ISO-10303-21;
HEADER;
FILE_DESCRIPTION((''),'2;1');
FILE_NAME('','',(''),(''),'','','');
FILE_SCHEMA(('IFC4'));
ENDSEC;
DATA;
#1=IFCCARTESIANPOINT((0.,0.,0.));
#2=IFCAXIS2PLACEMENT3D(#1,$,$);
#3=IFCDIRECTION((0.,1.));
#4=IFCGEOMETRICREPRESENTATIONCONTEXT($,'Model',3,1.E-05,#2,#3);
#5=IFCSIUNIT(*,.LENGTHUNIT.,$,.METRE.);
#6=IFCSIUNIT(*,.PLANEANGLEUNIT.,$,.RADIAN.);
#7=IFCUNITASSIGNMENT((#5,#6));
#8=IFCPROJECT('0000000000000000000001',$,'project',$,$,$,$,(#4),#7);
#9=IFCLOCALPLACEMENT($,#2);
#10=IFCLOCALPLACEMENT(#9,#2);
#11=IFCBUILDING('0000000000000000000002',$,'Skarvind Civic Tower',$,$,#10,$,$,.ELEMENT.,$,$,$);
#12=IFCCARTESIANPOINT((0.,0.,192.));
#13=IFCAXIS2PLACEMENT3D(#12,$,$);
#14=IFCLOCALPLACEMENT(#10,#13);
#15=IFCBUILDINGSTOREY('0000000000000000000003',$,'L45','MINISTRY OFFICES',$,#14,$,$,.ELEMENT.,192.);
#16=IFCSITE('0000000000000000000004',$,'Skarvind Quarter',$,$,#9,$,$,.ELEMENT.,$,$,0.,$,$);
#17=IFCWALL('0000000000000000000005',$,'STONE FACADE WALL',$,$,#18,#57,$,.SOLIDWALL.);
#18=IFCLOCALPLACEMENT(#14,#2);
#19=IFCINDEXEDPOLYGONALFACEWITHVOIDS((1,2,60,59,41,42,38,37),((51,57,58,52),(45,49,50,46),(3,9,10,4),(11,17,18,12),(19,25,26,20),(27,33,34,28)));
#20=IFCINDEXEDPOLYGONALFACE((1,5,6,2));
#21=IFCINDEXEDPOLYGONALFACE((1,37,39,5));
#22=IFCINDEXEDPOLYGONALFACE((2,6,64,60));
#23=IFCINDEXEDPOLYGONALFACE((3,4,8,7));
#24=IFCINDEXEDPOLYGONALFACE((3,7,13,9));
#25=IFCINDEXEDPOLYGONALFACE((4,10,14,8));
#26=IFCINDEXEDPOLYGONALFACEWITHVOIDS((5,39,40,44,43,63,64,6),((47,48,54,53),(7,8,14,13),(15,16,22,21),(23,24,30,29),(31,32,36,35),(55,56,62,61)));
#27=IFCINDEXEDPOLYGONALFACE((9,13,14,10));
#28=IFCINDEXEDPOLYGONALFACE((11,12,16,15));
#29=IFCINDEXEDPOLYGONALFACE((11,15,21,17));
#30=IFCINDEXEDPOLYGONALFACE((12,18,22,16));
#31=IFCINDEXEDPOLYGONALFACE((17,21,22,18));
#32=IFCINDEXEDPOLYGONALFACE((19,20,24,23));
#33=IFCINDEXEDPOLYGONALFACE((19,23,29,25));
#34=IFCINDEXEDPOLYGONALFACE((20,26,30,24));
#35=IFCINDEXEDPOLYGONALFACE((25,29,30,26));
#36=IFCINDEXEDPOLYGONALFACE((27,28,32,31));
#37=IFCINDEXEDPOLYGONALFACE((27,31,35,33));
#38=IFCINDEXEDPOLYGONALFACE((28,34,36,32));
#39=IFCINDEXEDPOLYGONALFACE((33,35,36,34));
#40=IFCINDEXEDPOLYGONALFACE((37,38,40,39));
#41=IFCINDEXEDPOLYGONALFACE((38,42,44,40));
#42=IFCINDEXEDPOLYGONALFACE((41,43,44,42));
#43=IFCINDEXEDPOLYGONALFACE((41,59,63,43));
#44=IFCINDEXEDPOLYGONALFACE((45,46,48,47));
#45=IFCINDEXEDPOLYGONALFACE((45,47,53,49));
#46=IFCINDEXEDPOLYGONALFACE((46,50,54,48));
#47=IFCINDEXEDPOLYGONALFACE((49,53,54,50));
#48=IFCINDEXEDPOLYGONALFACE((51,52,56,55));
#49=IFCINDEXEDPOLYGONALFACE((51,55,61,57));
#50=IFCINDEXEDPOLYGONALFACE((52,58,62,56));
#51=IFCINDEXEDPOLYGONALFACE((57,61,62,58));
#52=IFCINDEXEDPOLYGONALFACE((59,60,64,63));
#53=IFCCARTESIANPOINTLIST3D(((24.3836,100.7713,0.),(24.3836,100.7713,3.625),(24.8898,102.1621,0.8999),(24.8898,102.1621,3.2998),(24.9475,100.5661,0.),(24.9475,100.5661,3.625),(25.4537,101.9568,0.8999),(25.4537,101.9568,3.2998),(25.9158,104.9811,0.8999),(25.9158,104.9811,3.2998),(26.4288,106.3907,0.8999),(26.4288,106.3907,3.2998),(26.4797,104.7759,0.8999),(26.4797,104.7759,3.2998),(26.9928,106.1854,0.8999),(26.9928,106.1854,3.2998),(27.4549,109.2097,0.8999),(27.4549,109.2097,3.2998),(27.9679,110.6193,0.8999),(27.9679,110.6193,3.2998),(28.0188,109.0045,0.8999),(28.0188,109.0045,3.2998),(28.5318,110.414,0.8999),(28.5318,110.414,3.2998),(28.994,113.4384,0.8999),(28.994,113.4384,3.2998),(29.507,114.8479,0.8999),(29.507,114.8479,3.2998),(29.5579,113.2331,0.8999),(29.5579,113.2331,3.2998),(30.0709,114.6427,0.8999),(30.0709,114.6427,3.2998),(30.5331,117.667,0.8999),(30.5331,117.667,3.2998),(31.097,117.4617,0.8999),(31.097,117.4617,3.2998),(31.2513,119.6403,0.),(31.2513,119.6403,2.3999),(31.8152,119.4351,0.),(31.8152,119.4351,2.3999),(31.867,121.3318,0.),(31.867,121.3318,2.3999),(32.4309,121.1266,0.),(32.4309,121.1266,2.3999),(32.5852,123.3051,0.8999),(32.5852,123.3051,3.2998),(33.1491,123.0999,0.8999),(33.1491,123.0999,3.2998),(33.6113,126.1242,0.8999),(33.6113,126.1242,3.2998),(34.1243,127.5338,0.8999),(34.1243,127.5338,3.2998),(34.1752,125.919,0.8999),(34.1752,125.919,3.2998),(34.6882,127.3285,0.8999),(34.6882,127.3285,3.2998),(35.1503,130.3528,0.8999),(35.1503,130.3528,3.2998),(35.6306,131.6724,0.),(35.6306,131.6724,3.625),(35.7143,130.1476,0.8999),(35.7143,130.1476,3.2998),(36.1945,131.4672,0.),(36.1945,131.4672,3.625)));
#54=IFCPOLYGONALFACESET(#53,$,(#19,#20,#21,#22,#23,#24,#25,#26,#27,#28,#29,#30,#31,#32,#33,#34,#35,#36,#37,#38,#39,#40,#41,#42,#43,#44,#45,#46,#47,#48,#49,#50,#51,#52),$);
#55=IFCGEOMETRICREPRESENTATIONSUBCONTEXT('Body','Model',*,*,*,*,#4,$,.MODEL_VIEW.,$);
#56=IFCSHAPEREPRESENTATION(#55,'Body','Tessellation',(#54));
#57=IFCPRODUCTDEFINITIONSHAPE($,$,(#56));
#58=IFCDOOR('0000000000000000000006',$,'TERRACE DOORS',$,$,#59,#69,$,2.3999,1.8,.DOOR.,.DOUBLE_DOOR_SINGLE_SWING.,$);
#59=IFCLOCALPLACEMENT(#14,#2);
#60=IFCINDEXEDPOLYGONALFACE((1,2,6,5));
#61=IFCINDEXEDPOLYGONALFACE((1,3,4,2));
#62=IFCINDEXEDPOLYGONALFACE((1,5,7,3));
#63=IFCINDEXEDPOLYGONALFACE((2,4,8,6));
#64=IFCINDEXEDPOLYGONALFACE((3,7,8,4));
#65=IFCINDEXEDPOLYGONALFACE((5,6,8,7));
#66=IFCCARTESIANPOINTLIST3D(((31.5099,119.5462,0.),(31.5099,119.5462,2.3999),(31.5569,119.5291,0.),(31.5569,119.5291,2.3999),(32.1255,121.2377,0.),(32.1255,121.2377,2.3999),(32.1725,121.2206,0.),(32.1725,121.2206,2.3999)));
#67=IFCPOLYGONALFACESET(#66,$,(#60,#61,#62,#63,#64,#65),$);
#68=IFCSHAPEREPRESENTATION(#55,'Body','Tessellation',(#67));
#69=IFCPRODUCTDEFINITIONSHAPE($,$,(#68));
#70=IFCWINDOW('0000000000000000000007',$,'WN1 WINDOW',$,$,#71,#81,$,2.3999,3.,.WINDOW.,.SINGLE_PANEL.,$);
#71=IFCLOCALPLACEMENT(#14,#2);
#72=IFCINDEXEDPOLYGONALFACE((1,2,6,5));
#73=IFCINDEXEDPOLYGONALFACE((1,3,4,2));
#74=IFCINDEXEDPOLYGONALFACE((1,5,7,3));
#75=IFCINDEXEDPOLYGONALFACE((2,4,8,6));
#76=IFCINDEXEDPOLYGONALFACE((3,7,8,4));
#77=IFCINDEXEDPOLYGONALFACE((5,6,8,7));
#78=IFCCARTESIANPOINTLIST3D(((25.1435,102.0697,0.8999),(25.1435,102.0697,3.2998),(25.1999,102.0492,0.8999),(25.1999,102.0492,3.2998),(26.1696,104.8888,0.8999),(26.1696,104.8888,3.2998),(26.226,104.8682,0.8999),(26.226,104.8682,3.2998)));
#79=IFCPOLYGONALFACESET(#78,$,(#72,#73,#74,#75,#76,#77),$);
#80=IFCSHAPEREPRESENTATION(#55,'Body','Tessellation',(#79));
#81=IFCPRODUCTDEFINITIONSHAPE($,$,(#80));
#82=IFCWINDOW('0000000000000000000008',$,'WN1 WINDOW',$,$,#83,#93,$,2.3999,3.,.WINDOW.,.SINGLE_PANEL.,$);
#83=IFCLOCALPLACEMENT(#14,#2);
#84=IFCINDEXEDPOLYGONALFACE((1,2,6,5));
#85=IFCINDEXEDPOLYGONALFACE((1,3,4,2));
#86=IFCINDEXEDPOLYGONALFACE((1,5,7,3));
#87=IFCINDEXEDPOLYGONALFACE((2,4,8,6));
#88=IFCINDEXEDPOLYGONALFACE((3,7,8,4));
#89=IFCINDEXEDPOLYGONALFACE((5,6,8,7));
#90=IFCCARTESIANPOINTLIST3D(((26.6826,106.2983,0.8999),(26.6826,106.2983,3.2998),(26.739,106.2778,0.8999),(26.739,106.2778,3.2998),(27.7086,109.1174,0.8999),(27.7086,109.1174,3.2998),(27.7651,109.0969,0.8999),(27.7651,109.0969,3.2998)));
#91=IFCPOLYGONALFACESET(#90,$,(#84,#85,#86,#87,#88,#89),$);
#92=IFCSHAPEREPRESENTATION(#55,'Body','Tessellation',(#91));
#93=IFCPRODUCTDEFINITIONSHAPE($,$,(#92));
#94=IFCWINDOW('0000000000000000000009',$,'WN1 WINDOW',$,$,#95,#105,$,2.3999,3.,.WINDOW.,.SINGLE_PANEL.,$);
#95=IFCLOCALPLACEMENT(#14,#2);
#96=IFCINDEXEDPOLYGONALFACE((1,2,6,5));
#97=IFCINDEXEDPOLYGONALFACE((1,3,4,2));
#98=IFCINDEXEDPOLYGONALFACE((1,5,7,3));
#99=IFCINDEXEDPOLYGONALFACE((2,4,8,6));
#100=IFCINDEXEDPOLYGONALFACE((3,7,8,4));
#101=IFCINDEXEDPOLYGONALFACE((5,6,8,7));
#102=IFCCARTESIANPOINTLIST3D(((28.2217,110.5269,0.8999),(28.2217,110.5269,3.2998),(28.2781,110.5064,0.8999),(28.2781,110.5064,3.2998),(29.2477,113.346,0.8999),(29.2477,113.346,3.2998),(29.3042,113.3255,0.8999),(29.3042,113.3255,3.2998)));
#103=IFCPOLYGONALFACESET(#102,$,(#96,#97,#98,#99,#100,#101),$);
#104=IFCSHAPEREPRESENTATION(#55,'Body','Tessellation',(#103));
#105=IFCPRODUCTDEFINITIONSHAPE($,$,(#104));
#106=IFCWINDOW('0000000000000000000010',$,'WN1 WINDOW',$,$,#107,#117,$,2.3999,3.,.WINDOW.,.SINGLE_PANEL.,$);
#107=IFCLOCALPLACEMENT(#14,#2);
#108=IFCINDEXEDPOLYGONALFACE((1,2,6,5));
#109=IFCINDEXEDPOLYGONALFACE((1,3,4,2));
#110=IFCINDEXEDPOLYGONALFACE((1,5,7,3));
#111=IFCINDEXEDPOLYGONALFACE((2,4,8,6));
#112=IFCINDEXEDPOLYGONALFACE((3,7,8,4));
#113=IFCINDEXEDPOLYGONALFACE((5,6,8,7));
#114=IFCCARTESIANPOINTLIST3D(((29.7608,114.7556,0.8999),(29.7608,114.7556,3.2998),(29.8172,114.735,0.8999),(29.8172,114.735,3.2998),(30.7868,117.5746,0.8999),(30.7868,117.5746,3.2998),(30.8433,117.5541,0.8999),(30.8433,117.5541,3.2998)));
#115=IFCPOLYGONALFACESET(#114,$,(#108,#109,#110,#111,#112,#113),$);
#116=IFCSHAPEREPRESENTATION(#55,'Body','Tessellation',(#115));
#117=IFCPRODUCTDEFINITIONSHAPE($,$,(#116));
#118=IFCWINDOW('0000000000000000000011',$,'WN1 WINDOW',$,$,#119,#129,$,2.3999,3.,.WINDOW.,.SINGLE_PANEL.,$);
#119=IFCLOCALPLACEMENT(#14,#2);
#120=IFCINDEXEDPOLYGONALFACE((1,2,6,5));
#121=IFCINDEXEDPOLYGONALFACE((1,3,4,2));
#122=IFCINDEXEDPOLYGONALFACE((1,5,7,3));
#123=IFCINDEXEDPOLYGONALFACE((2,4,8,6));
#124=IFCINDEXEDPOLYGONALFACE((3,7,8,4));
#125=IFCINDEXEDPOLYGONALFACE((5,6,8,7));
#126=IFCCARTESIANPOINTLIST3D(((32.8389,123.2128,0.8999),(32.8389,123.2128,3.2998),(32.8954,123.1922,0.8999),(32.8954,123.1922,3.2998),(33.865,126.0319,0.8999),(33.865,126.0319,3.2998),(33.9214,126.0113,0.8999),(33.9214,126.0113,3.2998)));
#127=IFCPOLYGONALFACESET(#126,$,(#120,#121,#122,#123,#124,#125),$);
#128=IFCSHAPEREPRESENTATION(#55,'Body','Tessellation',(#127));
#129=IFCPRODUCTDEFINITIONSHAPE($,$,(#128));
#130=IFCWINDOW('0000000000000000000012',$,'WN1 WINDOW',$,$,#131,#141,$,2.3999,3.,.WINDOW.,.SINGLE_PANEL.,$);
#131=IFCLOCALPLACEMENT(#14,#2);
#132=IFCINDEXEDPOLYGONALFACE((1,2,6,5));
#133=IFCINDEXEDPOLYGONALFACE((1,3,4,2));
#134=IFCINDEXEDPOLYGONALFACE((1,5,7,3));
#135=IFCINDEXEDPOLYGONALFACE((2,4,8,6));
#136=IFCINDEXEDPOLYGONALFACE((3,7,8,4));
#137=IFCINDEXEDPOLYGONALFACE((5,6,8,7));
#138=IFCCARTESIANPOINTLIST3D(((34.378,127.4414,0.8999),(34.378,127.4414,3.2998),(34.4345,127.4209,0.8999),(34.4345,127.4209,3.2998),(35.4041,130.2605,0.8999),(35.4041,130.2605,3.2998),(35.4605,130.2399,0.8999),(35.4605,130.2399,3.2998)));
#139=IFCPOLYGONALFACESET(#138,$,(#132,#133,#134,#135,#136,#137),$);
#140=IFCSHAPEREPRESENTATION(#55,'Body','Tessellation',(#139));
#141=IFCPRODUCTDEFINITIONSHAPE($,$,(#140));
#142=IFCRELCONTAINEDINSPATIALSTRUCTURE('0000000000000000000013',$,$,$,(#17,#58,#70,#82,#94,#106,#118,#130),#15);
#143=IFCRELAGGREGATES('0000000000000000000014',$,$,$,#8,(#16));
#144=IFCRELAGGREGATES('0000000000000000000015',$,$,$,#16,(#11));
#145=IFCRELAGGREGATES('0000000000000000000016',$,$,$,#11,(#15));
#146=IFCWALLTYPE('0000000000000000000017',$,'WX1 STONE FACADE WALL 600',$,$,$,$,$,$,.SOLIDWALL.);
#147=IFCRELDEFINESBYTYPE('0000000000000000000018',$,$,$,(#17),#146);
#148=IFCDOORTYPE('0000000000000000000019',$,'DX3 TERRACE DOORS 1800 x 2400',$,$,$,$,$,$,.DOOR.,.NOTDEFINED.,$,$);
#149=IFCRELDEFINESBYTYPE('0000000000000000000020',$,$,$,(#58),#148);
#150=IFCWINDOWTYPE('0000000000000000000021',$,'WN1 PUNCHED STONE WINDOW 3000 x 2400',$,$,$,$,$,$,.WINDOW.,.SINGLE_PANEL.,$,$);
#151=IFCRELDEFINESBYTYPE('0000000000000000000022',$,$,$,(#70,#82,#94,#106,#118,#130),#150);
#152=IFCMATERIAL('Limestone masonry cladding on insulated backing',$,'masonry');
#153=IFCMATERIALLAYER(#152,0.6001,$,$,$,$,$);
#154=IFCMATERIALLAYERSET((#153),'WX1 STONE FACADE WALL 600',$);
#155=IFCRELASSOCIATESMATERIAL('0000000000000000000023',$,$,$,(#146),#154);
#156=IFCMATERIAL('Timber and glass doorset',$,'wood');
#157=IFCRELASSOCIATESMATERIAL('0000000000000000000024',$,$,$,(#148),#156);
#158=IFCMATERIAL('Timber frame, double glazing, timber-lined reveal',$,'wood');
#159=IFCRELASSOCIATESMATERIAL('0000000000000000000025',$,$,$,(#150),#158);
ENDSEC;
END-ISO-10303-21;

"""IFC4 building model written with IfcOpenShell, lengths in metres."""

from ifc_helpers import new_model, si_unit, direction, frame, frame_2d, origin, place, context, subcontext, project, spatial, rectangle, extrude, material, layer, layer_set, type_object, element, fill, save


model = new_model("IFC4")

# Units and contexts
model_context = context("Model", 3, precision=1e-05, world=origin(), true_north=direction((0.0, 1.0)))
body_context = subcontext(model_context, "Body", "Model", "MODEL_VIEW")
ifc_project = project(units=[si_unit("LENGTHUNIT", "METRE"), si_unit("PLANEANGLEUNIT", "RADIAN")], contexts=[model_context])

# Site, building, storey
site_placement = place(None, origin())
site = spatial("IfcSite", under=ifc_project, at=site_placement, Name="Skarvind Quarter", CompositionType="ELEMENT", RefElevation=0.0)
building_placement = place(site_placement, origin())
building = spatial("IfcBuilding", under=site, at=building_placement, Name="Skarvind Civic Tower", CompositionType="ELEMENT")
storey_placement = place(building_placement, frame((0.0, 0.0, 192.0)))
storey = spatial("IfcBuildingStorey", under=building, at=storey_placement, Name="L45", Description="MINISTRY OFFICES", CompositionType="ELEMENT", Elevation=192.0)

# Wall, openings, door, windows
ifc_material_1 = material(Name="Limestone masonry cladding on insulated backing", Category="masonry")
ifc_layer_1 = layer(ifc_material_1, 0.6001)
ifc_layer_set_1 = layer_set([ifc_layer_1], Name="WX1 STONE FACADE WALL 600")
wall_type_1 = type_object("IfcWallType", Name="WX1 STONE FACADE WALL 600", PredefinedType="SOLIDWALL", material=ifc_layer_set_1)
wall_1_placement = place(storey_placement, frame((24.6655, 100.6687, 0.0), z_axis=(0.0, 0.0, 1.0), x_axis=(0.34202, 0.939693, 0.0)))
wall_1 = element("IfcWall", 1, at=wall_1_placement, inside=storey, type_object=wall_type_1, Name="STONE FACADE WALL", PredefinedType="SOLIDWALL", context=body_context, shape_type="SweptSolid", body=[
    extrude(rectangle(XDim=32.8843, YDim=0.6001, at=frame_2d((16.4421, 0.0))), origin(), (0.0, 0.0, 1.0), 3.625),
])
opening_1_placement = place(wall_1_placement, frame((1.48, 0.0, 0.8999)))
opening_1 = element("IfcOpeningElement", 2, at=opening_1_placement, cuts=wall_1, PredefinedType="OPENING", context=body_context, shape_type="SweptSolid", body=[
    extrude(rectangle(XDim=3.0, YDim=2.3999, at=frame_2d((1.5, 1.2))), frame((0.0, 0.3101, 0.0), z_axis=(0.0, -1.0, 0.0), x_axis=(1.0, 0.0, 0.0)), (0.0, 0.0, 1.0), 0.6201),
])
opening_2_placement = place(wall_1_placement, frame((5.98, 0.0, 0.8999)))
opening_2 = element("IfcOpeningElement", 3, at=opening_2_placement, cuts=wall_1, PredefinedType="OPENING", context=body_context, shape_type="SweptSolid", body=[
    extrude(rectangle(XDim=3.0, YDim=2.3999, at=frame_2d((1.5, 1.2))), frame((0.0, 0.3101, 0.0), z_axis=(0.0, -1.0, 0.0), x_axis=(1.0, 0.0, 0.0)), (0.0, 0.0, 1.0), 0.6201),
])
opening_3_placement = place(wall_1_placement, frame((10.48, 0.0, 0.8999)))
opening_3 = element("IfcOpeningElement", 4, at=opening_3_placement, cuts=wall_1, PredefinedType="OPENING", context=body_context, shape_type="SweptSolid", body=[
    extrude(rectangle(XDim=3.0, YDim=2.3999, at=frame_2d((1.5, 1.2))), frame((0.0, 0.3101, 0.0), z_axis=(0.0, -1.0, 0.0), x_axis=(1.0, 0.0, 0.0)), (0.0, 0.0, 1.0), 0.6201),
])
opening_4_placement = place(wall_1_placement, frame((14.98, 0.0, 0.8999)))
opening_4 = element("IfcOpeningElement", 5, at=opening_4_placement, cuts=wall_1, PredefinedType="OPENING", context=body_context, shape_type="SweptSolid", body=[
    extrude(rectangle(XDim=3.0, YDim=2.3999, at=frame_2d((1.5, 1.2))), frame((0.0, 0.3101, 0.0), z_axis=(0.0, -1.0, 0.0), x_axis=(1.0, 0.0, 0.0)), (0.0, 0.0, 1.0), 0.6201),
])
opening_5_placement = place(wall_1_placement, frame((20.0801, 0.0, 0.0)))
opening_5 = element("IfcOpeningElement", 6, at=opening_5_placement, cuts=wall_1, PredefinedType="OPENING", context=body_context, shape_type="SweptSolid", body=[
    extrude(rectangle(XDim=1.8, YDim=2.3999, at=frame_2d((0.8999, 1.2))), frame((0.0, 0.3101, 0.0), z_axis=(0.0, -1.0, 0.0), x_axis=(1.0, 0.0, 0.0)), (0.0, 0.0, 1.0), 0.6201),
])
opening_6_placement = place(wall_1_placement, frame((23.98, 0.0, 0.8999)))
opening_6 = element("IfcOpeningElement", 7, at=opening_6_placement, cuts=wall_1, PredefinedType="OPENING", context=body_context, shape_type="SweptSolid", body=[
    extrude(rectangle(XDim=3.0, YDim=2.3999, at=frame_2d((1.5, 1.2))), frame((0.0, 0.3101, 0.0), z_axis=(0.0, -1.0, 0.0), x_axis=(1.0, 0.0, 0.0)), (0.0, 0.0, 1.0), 0.6201),
])
opening_7_placement = place(wall_1_placement, frame((28.48, 0.0, 0.8999)))
opening_7 = element("IfcOpeningElement", 8, at=opening_7_placement, cuts=wall_1, PredefinedType="OPENING", context=body_context, shape_type="SweptSolid", body=[
    extrude(rectangle(XDim=3.0, YDim=2.3999, at=frame_2d((1.5, 1.2))), frame((0.0, 0.3101, 0.0), z_axis=(0.0, -1.0, 0.0), x_axis=(1.0, 0.0, 0.0)), (0.0, 0.0, 1.0), 0.6201),
])
ifc_material_2 = material(Name="Timber and glass doorset", Category="wood")
door_type_1 = type_object("IfcDoorType", Name="DX3 TERRACE DOORS 1800 x 2400", OperationType="NOTDEFINED", PredefinedType="DOOR", material=ifc_material_2)
door_1_placement = place(opening_5_placement, origin())
door_1 = element("IfcDoor", 9, at=door_1_placement, inside=storey, type_object=door_type_1, Name="TERRACE DOORS", OperationType="DOUBLE_DOOR_SINGLE_SWING", OverallHeight=2.3999, OverallWidth=1.8, PredefinedType="DOOR", context=body_context, shape_type="SweptSolid", body=[
    extrude(rectangle(XDim=1.8, YDim=2.3999, at=frame_2d((0.8999, 1.2))), frame((0.0, 0.0249, 0.0), z_axis=(0.0, -1.0, 0.0), x_axis=(1.0, 0.0, 0.0)), (0.0, 0.0, 1.0), 0.05),
])
fill(opening_5, door_1)
ifc_material_3 = material(Name="Timber frame, double glazing, timber-lined reveal", Category="wood")
window_type = type_object("IfcWindowType", Name="WN1 PUNCHED STONE WINDOW 3000 x 2400", PartitioningType="SINGLE_PANEL", PredefinedType="WINDOW", material=ifc_material_3)
window_1_placement = place(opening_1_placement, origin())
window_1 = element("IfcWindow", 10, at=window_1_placement, inside=storey, type_object=window_type, Name="WN1 WINDOW", OverallHeight=2.3999, OverallWidth=3.0, PartitioningType="SINGLE_PANEL", PredefinedType="WINDOW", context=body_context, shape_type="SweptSolid", body=[
    extrude(rectangle(XDim=3.0, YDim=2.3999, at=frame_2d((1.5, 1.2))), frame((0.0, 0.03, 0.0), z_axis=(0.0, -1.0, 0.0), x_axis=(1.0, 0.0, 0.0)), (0.0, 0.0, 1.0), 0.0601),
])
fill(opening_1, window_1)
window_2_placement = place(opening_2_placement, origin())
window_2 = element("IfcWindow", 11, at=window_2_placement, inside=storey, type_object=window_type, Name="WN1 WINDOW", OverallHeight=2.3999, OverallWidth=3.0, PartitioningType="SINGLE_PANEL", PredefinedType="WINDOW", context=body_context, shape_type="SweptSolid", body=[
    extrude(rectangle(XDim=3.0, YDim=2.3999, at=frame_2d((1.5, 1.2))), frame((0.0, 0.03, 0.0), z_axis=(0.0, -1.0, 0.0), x_axis=(1.0, 0.0, 0.0)), (0.0, 0.0, 1.0), 0.0601),
])
fill(opening_2, window_2)
window_3_placement = place(opening_3_placement, origin())
window_3 = element("IfcWindow", 12, at=window_3_placement, inside=storey, type_object=window_type, Name="WN1 WINDOW", OverallHeight=2.3999, OverallWidth=3.0, PartitioningType="SINGLE_PANEL", PredefinedType="WINDOW", context=body_context, shape_type="SweptSolid", body=[
    extrude(rectangle(XDim=3.0, YDim=2.3999, at=frame_2d((1.5, 1.2))), frame((0.0, 0.03, 0.0), z_axis=(0.0, -1.0, 0.0), x_axis=(1.0, 0.0, 0.0)), (0.0, 0.0, 1.0), 0.0601),
])
fill(opening_3, window_3)
window_4_placement = place(opening_4_placement, origin())
window_4 = element("IfcWindow", 13, at=window_4_placement, inside=storey, type_object=window_type, Name="WN1 WINDOW", OverallHeight=2.3999, OverallWidth=3.0, PartitioningType="SINGLE_PANEL", PredefinedType="WINDOW", context=body_context, shape_type="SweptSolid", body=[
    extrude(rectangle(XDim=3.0, YDim=2.3999, at=frame_2d((1.5, 1.2))), frame((0.0, 0.03, 0.0), z_axis=(0.0, -1.0, 0.0), x_axis=(1.0, 0.0, 0.0)), (0.0, 0.0, 1.0), 0.0601),
])
fill(opening_4, window_4)
window_5_placement = place(opening_6_placement, origin())
window_5 = element("IfcWindow", 14, at=window_5_placement, inside=storey, type_object=window_type, Name="WN1 WINDOW", OverallHeight=2.3999, OverallWidth=3.0, PartitioningType="SINGLE_PANEL", PredefinedType="WINDOW", context=body_context, shape_type="SweptSolid", body=[
    extrude(rectangle(XDim=3.0, YDim=2.3999, at=frame_2d((1.5, 1.2))), frame((0.0, 0.03, 0.0), z_axis=(0.0, -1.0, 0.0), x_axis=(1.0, 0.0, 0.0)), (0.0, 0.0, 1.0), 0.0601),
])
fill(opening_6, window_5)
window_6_placement = place(opening_7_placement, origin())
window_6 = element("IfcWindow", 15, at=window_6_placement, inside=storey, type_object=window_type, Name="WN1 WINDOW", OverallHeight=2.3999, OverallWidth=3.0, PartitioningType="SINGLE_PANEL", PredefinedType="WINDOW", context=body_context, shape_type="SweptSolid", body=[
    extrude(rectangle(XDim=3.0, YDim=2.3999, at=frame_2d((1.5, 1.2))), frame((0.0, 0.03, 0.0), z_axis=(0.0, -1.0, 0.0), x_axis=(1.0, 0.0, 0.0)), (0.0, 0.0, 1.0), 0.0601),
])
fill(opening_7, window_6)

save(model, "model.ifc")
